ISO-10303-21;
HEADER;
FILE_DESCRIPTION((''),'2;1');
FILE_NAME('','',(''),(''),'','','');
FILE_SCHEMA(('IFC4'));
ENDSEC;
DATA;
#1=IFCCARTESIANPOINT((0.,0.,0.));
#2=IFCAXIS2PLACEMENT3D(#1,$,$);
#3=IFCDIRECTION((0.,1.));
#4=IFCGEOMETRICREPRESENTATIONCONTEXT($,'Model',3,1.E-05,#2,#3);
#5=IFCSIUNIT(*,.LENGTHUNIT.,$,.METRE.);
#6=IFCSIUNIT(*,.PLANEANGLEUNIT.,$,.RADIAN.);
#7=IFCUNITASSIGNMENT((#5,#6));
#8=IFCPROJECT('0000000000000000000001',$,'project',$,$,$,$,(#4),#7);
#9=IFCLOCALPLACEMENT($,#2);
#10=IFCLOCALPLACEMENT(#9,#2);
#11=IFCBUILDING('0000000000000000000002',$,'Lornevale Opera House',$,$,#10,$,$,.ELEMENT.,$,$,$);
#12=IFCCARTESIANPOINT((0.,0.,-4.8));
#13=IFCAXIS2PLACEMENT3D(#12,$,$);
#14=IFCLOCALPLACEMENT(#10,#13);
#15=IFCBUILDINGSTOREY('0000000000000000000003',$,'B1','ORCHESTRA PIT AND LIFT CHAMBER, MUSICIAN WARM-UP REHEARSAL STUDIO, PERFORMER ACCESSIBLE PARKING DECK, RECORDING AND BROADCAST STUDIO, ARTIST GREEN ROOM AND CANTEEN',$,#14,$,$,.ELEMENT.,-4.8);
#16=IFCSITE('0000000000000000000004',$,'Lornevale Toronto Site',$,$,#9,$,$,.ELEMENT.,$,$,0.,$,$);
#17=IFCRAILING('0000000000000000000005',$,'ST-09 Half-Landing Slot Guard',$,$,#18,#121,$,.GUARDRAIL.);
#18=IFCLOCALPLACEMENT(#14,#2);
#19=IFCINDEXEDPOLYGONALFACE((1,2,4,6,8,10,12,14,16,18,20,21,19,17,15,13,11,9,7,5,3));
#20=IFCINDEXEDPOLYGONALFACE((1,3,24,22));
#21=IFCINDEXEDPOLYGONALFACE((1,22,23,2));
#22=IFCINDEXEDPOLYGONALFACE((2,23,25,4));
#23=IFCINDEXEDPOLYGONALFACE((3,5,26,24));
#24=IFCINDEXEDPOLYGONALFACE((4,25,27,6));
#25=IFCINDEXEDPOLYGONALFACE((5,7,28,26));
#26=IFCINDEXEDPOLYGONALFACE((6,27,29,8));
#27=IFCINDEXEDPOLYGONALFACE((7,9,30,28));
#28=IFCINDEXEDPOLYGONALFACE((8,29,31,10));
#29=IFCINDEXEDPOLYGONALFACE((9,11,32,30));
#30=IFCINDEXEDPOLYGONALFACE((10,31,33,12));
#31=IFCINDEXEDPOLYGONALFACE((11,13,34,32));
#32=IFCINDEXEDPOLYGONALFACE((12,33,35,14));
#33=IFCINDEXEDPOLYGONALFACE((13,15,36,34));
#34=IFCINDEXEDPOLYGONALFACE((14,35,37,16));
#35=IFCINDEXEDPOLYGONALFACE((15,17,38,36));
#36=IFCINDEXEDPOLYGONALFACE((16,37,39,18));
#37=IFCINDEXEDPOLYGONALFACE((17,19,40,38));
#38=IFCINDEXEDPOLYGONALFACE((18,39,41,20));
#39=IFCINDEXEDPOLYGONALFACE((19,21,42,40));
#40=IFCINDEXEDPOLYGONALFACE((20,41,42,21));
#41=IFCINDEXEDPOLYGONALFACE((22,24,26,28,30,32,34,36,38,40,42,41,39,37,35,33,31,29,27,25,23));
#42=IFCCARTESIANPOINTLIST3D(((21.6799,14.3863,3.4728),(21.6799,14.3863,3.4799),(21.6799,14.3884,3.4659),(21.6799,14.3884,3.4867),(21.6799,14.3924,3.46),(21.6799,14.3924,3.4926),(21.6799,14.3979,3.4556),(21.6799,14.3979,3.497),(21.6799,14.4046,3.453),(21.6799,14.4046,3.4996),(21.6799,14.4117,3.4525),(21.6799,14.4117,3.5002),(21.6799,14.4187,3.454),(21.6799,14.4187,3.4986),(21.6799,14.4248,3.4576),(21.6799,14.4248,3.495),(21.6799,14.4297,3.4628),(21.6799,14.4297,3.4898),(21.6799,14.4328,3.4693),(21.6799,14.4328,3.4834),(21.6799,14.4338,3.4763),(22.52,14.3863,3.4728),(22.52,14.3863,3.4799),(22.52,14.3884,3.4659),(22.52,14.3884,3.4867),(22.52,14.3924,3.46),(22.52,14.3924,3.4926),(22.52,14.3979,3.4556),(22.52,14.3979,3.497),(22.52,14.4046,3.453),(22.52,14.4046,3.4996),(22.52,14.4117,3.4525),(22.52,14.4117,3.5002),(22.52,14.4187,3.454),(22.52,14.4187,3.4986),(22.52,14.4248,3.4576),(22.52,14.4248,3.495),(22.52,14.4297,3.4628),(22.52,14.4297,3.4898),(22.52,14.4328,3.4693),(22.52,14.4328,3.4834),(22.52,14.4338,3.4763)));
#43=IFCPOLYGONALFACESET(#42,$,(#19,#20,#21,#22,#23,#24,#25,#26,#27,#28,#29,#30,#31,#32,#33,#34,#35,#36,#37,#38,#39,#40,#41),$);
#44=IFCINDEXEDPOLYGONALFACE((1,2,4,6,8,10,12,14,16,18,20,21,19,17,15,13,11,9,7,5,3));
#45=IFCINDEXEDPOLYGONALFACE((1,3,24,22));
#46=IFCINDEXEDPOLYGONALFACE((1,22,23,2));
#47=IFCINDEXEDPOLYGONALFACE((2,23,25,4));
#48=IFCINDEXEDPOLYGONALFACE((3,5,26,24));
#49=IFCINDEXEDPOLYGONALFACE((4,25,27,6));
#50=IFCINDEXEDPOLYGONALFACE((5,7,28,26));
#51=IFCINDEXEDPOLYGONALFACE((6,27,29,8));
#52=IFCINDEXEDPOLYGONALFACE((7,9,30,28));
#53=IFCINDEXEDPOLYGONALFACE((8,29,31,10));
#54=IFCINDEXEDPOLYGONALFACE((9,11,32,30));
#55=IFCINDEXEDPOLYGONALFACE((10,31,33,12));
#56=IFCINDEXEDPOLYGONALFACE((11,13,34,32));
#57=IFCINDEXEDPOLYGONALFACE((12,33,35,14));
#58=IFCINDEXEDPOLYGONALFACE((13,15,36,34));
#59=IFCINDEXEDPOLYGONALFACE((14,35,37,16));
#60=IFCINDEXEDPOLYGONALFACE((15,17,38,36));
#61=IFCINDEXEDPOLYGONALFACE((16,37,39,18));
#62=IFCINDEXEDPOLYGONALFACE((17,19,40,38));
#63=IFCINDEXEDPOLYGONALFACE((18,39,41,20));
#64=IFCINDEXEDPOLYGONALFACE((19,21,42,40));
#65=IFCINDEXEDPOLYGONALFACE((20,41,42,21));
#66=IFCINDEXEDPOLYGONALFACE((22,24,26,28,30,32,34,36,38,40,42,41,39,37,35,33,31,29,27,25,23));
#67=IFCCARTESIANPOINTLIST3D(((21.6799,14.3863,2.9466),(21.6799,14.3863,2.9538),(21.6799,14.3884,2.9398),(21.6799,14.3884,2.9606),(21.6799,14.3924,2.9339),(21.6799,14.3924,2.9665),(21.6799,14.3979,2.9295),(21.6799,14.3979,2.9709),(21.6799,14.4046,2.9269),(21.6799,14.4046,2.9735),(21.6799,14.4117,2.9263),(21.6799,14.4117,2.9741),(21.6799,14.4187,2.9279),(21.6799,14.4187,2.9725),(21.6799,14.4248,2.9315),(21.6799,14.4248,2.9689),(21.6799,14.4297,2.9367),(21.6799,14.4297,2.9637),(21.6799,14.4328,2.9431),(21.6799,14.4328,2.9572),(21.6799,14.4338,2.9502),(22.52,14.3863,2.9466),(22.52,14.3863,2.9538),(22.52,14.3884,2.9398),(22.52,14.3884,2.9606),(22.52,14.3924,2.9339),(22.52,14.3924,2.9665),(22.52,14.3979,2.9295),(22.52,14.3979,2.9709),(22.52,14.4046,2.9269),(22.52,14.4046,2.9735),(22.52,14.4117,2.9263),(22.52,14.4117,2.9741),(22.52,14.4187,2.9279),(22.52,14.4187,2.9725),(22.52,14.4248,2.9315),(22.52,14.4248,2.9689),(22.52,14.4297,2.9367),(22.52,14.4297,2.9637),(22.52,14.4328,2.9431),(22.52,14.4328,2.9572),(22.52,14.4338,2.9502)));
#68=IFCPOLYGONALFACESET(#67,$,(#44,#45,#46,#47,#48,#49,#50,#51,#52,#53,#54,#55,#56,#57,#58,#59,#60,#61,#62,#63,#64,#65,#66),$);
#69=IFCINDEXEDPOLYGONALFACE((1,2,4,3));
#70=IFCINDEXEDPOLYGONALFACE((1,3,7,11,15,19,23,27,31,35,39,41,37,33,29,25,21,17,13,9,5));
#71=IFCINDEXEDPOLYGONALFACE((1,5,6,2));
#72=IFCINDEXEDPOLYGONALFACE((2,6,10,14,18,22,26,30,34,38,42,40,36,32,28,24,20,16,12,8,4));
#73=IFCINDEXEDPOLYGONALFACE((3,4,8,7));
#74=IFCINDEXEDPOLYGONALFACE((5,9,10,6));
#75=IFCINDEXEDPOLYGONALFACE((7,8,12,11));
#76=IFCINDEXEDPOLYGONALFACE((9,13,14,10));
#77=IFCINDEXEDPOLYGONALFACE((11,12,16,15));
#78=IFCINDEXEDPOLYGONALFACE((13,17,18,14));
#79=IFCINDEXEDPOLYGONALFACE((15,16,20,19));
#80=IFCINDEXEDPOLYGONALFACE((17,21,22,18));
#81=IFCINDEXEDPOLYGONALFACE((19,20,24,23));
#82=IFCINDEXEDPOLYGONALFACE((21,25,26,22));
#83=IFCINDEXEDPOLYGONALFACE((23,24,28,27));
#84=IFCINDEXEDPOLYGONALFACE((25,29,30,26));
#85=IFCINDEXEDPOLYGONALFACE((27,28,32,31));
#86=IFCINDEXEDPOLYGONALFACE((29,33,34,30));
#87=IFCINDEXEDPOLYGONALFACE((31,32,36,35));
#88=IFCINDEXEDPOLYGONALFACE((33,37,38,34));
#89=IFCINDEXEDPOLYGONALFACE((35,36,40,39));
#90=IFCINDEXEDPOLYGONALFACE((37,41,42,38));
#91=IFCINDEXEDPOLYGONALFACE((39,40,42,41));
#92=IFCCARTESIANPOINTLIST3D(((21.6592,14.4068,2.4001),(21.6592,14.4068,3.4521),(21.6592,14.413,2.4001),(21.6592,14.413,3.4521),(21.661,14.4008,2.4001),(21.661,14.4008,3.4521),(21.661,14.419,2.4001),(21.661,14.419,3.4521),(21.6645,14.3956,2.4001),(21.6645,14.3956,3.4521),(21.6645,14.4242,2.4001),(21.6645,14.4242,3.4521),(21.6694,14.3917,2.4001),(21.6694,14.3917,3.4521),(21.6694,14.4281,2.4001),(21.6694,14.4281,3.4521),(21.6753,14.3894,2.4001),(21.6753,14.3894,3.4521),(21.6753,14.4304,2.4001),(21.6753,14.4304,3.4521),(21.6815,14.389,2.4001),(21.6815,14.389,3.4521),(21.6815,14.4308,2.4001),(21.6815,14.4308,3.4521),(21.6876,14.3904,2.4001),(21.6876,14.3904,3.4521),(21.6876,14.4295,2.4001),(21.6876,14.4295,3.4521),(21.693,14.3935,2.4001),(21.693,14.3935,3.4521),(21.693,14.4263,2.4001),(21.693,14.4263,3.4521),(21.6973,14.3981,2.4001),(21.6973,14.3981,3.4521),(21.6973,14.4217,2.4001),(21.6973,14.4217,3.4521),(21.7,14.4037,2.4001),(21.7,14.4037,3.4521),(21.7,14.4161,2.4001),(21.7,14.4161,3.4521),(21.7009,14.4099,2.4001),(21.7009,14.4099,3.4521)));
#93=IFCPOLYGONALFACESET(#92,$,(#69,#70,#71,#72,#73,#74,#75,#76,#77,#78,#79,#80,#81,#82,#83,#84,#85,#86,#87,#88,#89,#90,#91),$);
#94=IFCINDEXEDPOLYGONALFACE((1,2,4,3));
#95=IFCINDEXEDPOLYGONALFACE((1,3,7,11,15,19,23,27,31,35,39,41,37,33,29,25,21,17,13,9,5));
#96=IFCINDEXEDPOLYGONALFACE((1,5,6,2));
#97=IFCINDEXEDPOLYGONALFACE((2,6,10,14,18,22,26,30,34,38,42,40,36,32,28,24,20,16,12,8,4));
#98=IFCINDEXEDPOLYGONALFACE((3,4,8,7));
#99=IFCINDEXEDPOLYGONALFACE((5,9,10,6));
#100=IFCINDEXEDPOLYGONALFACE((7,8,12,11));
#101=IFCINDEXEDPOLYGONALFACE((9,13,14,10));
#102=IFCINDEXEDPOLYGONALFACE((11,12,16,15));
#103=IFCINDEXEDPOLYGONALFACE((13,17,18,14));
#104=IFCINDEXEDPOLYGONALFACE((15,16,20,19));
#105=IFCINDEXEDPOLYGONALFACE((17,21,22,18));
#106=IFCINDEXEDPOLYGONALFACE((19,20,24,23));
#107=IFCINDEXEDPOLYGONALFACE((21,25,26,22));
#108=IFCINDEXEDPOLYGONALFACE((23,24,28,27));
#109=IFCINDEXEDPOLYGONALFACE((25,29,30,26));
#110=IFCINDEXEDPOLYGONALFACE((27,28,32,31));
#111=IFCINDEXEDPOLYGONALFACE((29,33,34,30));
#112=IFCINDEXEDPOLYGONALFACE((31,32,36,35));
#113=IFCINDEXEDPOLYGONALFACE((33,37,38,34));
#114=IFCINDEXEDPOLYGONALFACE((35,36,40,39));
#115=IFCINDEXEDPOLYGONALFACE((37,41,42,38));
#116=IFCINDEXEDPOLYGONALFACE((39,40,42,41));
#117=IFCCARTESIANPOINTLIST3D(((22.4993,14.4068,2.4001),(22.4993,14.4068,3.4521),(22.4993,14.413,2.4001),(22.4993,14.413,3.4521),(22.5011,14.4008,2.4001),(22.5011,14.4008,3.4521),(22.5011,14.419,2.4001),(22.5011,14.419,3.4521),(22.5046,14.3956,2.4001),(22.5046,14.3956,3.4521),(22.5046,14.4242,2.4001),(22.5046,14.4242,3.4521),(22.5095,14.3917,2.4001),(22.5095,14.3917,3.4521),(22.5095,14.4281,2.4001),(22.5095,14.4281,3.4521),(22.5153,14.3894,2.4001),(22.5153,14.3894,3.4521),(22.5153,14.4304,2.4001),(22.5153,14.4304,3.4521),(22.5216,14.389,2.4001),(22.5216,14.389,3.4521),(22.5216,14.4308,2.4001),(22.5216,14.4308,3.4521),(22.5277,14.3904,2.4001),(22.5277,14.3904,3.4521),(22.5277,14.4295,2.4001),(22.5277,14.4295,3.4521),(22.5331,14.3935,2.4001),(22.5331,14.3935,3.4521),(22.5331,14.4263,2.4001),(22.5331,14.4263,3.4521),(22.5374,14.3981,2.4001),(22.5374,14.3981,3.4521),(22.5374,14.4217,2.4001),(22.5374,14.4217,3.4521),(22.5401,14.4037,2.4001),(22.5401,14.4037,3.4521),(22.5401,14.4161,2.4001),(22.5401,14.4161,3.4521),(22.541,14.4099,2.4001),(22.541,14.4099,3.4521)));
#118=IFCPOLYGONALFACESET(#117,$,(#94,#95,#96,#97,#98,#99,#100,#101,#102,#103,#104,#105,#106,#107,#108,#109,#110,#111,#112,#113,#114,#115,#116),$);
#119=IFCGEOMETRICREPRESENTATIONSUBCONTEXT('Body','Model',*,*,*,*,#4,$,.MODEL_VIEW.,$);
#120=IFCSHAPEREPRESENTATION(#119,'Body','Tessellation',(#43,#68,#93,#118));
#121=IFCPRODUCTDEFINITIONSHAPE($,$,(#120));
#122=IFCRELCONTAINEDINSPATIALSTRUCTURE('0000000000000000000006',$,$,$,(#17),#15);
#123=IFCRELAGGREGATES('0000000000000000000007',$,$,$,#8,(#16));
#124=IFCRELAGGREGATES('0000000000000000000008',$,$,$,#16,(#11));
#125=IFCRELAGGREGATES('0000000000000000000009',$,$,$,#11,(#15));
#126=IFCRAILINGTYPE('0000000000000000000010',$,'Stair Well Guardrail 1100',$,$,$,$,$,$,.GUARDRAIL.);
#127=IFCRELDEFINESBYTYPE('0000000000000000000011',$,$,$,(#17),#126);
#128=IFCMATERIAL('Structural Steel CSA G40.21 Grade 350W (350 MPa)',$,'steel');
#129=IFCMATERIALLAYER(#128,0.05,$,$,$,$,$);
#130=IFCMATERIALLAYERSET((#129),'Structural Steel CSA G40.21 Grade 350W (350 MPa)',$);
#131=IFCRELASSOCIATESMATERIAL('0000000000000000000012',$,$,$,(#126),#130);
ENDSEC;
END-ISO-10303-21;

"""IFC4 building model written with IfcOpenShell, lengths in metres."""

from ifc_helpers import new_model, si_unit, direction, frame, origin, origin_2d, place, context, subcontext, project, spatial, circle, extrude, material, layer, layer_set, type_object, element, save


model = new_model("IFC4")

# Units and contexts
model_context = context("Model", 3, precision=1e-05, world=origin(), true_north=direction((0.0, 1.0)))
body_context = subcontext(model_context, "Body", "Model", "MODEL_VIEW")
ifc_project = project(units=[si_unit("LENGTHUNIT", "METRE"), si_unit("PLANEANGLEUNIT", "RADIAN")], contexts=[model_context])

# Site, building, storey
site_placement = place(None, origin())
site = spatial("IfcSite", under=ifc_project, at=site_placement, Name="Lornevale Toronto Site", CompositionType="ELEMENT", RefElevation=0.0)
building_placement = place(site_placement, origin())
building = spatial("IfcBuilding", under=site, at=building_placement, Name="Lornevale Opera House", CompositionType="ELEMENT")
storey_placement = place(building_placement, frame((0.0, 0.0, -4.8)))
storey = spatial("IfcBuildingStorey", under=building, at=storey_placement, Name="B1", Description="ORCHESTRA PIT AND LIFT CHAMBER, MUSICIAN WARM-UP REHEARSAL STUDIO, PERFORMER ACCESSIBLE PARKING DECK, RECORDING AND BROADCAST STUDIO, ARTIST GREEN ROOM AND CANTEEN", CompositionType="ELEMENT", Elevation=-4.8)

# Railing
ifc_material_1 = material(Name="Structural Steel CSA G40.21 Grade 350W (350 MPa)", Category="steel")
ifc_layer_1 = layer(ifc_material_1, 0.05)
ifc_layer_set_1 = layer_set([ifc_layer_1], Name="Structural Steel CSA G40.21 Grade 350W (350 MPa)")
railing_type_1 = type_object("IfcRailingType", Name="Stair Well Guardrail 1100", PredefinedType="GUARDRAIL", material=ifc_layer_set_1)
railing_1_placement = place(storey_placement, frame((21.6799, 14.4099, 2.4001)))
element("IfcRailing", 1, at=railing_1_placement, inside=storey, type_object=railing_type_1, Name="ST-09 Half-Landing Slot Guard", PredefinedType="GUARDRAIL", context=body_context, shape_type="SweptSolid", body=[
    extrude(circle(Radius=0.0239, at=origin_2d()), frame((0.0, 0.0, 1.0762), z_axis=(1.0, 0.0, 0.0), x_axis=(0.0, 1.0, 0.0)), (0.0, 0.0, 1.0), 0.8401),
    extrude(circle(Radius=0.0239, at=origin_2d()), frame((0.0, 0.0, 0.55), z_axis=(1.0, 0.0, 0.0), x_axis=(0.0, 1.0, 0.0)), (0.0, 0.0, 1.0), 0.8401),
    extrude(circle(Radius=0.021, at=origin_2d()), origin(), (0.0, 0.0, 1.0), 1.052),
    extrude(circle(Radius=0.021, at=origin_2d()), frame((0.8401, 0.0, 0.0)), (0.0, 0.0, 1.0), 1.052),
])

save(model, "model.ifc")
